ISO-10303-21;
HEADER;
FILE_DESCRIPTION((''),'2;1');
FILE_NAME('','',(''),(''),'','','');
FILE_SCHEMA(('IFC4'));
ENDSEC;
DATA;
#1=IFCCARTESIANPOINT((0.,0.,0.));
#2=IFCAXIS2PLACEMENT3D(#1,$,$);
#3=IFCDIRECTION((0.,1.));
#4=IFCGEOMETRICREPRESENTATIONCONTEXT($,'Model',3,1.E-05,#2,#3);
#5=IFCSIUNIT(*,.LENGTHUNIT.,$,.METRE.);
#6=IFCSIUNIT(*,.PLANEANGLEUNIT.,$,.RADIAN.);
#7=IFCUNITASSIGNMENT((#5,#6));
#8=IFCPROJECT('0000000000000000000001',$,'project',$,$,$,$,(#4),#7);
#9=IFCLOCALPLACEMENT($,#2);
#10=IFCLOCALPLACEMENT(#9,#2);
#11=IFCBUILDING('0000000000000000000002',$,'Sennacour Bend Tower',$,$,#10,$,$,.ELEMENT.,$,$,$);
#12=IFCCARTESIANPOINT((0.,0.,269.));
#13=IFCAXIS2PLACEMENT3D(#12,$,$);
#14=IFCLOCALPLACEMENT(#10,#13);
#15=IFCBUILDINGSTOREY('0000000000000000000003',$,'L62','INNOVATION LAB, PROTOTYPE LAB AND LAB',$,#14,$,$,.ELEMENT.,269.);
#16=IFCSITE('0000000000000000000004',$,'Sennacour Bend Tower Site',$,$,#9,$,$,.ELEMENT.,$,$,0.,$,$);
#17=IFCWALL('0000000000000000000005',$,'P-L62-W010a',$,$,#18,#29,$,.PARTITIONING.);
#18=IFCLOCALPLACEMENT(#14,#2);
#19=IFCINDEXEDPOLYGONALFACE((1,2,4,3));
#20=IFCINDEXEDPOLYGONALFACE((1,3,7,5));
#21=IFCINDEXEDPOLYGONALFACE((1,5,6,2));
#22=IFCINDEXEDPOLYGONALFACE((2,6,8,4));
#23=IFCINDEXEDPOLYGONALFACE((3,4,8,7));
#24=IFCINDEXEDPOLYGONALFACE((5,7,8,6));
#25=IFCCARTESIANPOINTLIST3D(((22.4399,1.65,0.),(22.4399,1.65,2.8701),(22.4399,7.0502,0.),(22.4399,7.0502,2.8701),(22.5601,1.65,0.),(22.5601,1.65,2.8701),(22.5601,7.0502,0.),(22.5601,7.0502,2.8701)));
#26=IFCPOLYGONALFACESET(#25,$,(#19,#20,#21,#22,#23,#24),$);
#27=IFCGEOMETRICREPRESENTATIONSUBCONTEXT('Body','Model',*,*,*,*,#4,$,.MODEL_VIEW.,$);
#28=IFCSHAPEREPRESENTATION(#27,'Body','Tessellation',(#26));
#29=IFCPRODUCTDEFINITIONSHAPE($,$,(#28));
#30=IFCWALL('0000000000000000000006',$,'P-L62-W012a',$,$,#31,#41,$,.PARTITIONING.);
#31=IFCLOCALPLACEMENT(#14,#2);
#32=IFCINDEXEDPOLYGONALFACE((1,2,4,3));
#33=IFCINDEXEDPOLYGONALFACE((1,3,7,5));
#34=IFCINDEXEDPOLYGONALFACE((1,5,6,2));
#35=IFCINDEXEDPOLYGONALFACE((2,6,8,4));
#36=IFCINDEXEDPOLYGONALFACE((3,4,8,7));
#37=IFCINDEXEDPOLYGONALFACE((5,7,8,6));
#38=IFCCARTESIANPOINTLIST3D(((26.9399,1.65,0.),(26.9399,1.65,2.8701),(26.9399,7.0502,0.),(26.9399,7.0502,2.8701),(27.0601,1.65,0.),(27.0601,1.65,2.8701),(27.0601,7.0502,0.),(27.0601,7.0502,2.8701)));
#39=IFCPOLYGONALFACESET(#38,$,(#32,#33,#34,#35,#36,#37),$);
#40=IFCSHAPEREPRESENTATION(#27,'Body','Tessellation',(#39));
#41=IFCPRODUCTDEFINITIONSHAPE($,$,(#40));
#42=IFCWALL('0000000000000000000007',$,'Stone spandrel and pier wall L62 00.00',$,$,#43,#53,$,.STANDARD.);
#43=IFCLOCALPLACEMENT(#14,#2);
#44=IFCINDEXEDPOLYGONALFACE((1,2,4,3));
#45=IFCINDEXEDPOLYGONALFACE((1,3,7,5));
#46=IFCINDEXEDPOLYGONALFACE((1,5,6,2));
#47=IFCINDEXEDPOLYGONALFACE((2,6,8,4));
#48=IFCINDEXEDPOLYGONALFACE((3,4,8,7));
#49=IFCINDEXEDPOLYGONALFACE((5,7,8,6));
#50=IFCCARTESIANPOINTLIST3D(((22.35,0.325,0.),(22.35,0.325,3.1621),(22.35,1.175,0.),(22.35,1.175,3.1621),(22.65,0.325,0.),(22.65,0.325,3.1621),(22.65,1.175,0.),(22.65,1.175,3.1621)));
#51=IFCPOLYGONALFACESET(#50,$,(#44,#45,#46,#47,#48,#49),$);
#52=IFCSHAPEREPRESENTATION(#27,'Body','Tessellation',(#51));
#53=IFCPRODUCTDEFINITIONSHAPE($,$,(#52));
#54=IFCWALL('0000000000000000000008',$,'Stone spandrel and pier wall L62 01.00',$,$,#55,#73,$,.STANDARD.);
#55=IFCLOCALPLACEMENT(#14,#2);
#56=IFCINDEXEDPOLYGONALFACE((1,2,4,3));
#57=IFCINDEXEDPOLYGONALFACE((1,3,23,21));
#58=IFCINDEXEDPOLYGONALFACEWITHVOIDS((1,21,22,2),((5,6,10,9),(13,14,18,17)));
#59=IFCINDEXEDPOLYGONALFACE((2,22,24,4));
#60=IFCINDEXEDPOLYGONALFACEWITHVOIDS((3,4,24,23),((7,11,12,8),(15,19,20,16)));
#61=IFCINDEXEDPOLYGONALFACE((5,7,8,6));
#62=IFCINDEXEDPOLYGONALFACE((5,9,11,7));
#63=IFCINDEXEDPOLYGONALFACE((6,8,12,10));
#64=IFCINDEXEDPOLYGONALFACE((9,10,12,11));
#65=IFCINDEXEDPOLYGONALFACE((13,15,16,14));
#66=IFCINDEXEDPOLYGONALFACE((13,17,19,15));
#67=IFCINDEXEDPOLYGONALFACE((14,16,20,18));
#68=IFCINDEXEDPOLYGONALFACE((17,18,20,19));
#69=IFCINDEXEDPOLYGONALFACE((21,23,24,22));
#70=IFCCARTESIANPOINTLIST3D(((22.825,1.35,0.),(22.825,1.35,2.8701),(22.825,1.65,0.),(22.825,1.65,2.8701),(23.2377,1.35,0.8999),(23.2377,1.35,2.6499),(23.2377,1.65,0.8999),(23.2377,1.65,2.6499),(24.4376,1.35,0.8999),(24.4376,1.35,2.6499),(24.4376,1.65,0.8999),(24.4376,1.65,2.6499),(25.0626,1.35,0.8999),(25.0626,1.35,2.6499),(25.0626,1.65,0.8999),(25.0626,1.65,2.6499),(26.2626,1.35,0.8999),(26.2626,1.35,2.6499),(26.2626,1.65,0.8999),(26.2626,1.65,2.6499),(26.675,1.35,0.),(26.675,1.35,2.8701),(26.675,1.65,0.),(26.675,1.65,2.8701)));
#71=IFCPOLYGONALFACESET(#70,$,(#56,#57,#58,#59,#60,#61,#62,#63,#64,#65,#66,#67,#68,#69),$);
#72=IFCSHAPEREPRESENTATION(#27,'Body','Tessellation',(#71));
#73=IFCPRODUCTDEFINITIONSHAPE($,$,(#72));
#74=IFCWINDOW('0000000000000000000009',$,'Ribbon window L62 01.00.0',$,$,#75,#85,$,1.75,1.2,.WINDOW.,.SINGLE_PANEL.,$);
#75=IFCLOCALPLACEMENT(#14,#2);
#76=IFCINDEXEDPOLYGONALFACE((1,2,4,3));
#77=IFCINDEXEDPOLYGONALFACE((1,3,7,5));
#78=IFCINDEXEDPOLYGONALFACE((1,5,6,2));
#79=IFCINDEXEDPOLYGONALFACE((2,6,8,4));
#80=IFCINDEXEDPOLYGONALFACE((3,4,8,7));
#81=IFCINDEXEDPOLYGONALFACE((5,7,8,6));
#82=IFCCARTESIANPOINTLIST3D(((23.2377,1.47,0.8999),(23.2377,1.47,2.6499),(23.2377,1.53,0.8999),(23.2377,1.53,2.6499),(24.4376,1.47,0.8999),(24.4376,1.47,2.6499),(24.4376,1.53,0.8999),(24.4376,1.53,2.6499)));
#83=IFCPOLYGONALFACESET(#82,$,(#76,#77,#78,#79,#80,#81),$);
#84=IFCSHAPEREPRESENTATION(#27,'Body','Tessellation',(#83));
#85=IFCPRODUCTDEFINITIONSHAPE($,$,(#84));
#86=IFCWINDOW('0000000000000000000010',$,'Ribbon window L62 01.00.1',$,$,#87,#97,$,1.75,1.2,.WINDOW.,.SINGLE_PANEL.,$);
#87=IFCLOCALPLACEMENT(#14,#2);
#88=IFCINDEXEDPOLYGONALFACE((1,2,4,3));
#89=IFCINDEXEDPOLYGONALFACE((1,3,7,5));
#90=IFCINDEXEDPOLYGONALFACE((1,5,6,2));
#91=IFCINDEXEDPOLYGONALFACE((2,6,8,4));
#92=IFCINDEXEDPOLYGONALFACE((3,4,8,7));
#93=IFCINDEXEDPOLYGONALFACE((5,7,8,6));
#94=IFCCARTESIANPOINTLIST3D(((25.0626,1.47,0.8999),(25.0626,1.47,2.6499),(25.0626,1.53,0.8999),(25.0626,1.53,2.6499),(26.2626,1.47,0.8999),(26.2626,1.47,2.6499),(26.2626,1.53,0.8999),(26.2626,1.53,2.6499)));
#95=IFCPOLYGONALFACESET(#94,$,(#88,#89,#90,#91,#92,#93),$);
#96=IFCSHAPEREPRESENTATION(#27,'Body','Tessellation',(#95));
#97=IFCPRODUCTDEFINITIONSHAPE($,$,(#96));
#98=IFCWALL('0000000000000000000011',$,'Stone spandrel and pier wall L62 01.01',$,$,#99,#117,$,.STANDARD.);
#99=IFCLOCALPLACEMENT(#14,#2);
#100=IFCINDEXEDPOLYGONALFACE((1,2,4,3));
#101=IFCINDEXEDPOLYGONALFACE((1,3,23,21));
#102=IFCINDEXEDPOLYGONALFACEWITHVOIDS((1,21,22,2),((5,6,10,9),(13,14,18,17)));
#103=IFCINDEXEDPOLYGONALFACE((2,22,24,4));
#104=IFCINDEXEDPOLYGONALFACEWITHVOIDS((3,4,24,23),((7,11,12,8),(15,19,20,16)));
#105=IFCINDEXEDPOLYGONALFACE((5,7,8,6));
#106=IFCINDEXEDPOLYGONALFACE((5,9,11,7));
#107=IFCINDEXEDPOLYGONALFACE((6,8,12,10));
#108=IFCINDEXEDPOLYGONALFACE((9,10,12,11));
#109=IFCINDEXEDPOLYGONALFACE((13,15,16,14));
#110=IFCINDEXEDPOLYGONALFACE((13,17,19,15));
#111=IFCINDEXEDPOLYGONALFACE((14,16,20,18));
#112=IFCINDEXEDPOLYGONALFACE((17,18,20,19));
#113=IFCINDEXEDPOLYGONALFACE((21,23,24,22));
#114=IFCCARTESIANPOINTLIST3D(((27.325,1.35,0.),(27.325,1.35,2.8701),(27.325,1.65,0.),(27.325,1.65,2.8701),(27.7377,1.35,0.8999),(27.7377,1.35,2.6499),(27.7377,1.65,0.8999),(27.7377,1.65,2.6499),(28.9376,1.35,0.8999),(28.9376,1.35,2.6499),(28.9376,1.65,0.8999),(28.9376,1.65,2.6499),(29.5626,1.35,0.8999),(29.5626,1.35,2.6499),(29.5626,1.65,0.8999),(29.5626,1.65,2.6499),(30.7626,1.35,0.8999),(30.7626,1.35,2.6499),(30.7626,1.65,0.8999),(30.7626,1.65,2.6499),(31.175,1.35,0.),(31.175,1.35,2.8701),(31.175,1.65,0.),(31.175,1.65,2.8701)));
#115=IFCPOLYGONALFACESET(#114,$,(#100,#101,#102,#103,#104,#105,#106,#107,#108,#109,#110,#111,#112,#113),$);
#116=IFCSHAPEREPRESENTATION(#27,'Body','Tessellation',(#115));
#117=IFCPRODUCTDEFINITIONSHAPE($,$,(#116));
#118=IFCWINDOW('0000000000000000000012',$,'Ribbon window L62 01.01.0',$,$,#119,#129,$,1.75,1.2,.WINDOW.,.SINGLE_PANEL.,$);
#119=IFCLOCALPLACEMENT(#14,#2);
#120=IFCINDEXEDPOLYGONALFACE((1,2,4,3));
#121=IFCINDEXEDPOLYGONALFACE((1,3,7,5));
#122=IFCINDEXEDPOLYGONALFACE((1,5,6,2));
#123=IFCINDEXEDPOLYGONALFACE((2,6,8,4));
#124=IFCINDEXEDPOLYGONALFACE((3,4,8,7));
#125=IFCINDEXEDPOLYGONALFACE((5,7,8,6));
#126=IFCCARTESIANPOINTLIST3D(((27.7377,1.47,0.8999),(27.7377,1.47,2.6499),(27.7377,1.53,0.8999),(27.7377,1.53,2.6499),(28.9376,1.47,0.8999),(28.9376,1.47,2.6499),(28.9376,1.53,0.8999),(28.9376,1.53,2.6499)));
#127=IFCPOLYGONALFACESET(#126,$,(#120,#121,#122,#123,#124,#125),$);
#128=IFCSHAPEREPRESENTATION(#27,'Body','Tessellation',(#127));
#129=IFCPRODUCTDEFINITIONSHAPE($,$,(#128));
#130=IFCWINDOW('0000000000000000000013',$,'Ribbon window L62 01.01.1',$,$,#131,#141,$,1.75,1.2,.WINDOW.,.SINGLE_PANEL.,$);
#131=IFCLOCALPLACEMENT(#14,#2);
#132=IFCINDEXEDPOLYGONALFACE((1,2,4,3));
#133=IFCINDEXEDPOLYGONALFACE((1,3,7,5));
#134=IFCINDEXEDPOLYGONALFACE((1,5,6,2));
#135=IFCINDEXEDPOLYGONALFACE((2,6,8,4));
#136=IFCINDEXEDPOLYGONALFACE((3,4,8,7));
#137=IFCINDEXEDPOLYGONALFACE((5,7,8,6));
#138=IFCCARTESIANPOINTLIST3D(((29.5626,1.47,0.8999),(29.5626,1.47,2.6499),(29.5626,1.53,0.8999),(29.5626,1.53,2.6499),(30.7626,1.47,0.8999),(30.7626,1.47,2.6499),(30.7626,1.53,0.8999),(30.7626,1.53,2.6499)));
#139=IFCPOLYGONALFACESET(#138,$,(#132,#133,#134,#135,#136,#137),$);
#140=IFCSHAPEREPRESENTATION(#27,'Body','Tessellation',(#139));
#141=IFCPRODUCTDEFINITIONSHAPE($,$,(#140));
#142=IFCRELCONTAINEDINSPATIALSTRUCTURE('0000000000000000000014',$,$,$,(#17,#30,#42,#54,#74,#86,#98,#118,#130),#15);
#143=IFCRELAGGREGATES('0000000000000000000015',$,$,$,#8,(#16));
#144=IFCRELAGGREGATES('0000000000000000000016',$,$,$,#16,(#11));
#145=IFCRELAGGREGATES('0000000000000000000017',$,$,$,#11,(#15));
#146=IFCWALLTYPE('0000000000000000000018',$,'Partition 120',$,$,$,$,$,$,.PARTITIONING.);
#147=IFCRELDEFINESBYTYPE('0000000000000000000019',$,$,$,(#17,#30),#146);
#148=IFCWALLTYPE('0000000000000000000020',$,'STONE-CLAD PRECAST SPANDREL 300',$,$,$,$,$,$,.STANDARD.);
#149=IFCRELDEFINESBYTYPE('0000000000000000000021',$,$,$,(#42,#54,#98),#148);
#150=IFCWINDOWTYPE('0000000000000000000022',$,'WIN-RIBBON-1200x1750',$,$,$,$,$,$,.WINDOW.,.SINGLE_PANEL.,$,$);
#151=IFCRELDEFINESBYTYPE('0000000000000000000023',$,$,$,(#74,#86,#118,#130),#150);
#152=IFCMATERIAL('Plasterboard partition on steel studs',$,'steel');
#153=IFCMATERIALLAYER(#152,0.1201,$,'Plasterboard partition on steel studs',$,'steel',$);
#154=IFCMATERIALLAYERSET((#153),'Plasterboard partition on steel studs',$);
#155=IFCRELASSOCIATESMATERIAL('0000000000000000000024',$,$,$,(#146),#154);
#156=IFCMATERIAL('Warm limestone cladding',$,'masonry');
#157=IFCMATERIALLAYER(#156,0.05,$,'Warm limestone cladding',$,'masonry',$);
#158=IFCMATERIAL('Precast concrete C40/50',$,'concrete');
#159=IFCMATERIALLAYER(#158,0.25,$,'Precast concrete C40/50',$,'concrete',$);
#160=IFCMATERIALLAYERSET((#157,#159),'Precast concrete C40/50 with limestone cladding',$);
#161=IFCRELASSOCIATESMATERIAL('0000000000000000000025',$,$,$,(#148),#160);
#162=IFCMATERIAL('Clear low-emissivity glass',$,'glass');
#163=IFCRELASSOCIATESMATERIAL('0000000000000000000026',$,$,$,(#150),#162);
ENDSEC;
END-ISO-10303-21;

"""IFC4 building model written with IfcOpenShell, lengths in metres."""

from ifc_helpers import new_model, si_unit, direction, frame, frame_2d, origin, place, context, subcontext, project, spatial, rectangle, extrude, material, layer, layer_set, type_object, element, fill, save


model = new_model("IFC4")

# Units and contexts
model_context = context("Model", 3, precision=1e-05, world=origin(), true_north=direction((0.0, 1.0)))
body_context = subcontext(model_context, "Body", "Model", "MODEL_VIEW")
ifc_project = project(units=[si_unit("LENGTHUNIT", "METRE"), si_unit("PLANEANGLEUNIT", "RADIAN")], contexts=[model_context])

# Site, building, storey
site_placement = place(None, origin())
site = spatial("IfcSite", under=ifc_project, at=site_placement, Name="Sennacour Bend Tower Site", CompositionType="ELEMENT", RefElevation=0.0)
building_placement = place(site_placement, origin())
building = spatial("IfcBuilding", under=site, at=building_placement, Name="Sennacour Bend Tower", CompositionType="ELEMENT")
storey_placement = place(building_placement, frame((0.0, 0.0, 269.0)))
storey = spatial("IfcBuildingStorey", under=building, at=storey_placement, Name="L62", Description="INNOVATION LAB, PROTOTYPE LAB AND LAB", CompositionType="ELEMENT", Elevation=269.0)

# Walls
ifc_material_1 = material(Name="Plasterboard partition on steel studs", Category="steel")
ifc_layer_1 = layer(ifc_material_1, 0.1201, Name="Plasterboard partition on steel studs", Category="steel")
ifc_layer_set_1 = layer_set([ifc_layer_1], Name="Plasterboard partition on steel studs")
wall_type_1 = type_object("IfcWallType", Name="Partition 120", PredefinedType="PARTITIONING", material=ifc_layer_set_1)
for number, where, z_axis, x_axis, name in (
    (1, (22.5, 1.6499, 0.0), (0.0, 0.0, 1.0), (0.0, 1.0, 0.0), "P-L62-W010a"),
    (2, (27.0, 1.6499, 0.0), (0.0, 0.0, 1.0), (0.0, 1.0, 0.0), "P-L62-W012a"),
):
    element("IfcWall", number, at=place(storey_placement, frame(where, z_axis=z_axis, x_axis=x_axis)), inside=storey, type_object=wall_type_1, Name=name, PredefinedType="PARTITIONING", context=body_context, shape_type="SweptSolid", body=[
        extrude(rectangle(XDim=5.4001, YDim=0.1201, at=frame_2d((2.7002, 0.0))), origin(), (0.0, 0.0, 1.0), 2.8701),
    ])
ifc_material_2 = material(Name="Warm limestone cladding", Category="masonry")
ifc_layer_2 = layer(ifc_material_2, 0.05, Name="Warm limestone cladding", Category="masonry")
ifc_material_3 = material(Name="Precast concrete C40/50", Category="concrete")
ifc_layer_3 = layer(ifc_material_3, 0.25, Name="Precast concrete C40/50", Category="concrete")
ifc_layer_set_2 = layer_set([ifc_layer_2, ifc_layer_3], Name="Precast concrete C40/50 with limestone cladding")
wall_type_2 = type_object("IfcWallType", Name="STONE-CLAD PRECAST SPANDREL 300", PredefinedType="STANDARD", material=ifc_layer_set_2)
wall_1_placement = place(storey_placement, frame((22.5, 0.325, 0.0), z_axis=(0.0, 0.0, 1.0), x_axis=(0.0, 1.0, 0.0)))
element("IfcWall", 3, at=wall_1_placement, inside=storey, type_object=wall_type_2, Name="Stone spandrel and pier wall L62 00.00", PredefinedType="STANDARD", context=body_context, shape_type="SweptSolid", body=[
    extrude(rectangle(XDim=0.8501, YDim=0.3, at=frame_2d((0.425, 0.0))), origin(), (0.0, 0.0, 1.0), 3.1621),
])

# Walls, openings, windows
wall_2_placement = place(storey_placement, frame((22.825, 1.5, 0.0), z_axis=(0.0, 0.0, 1.0), x_axis=(1.0, 0.0, 0.0)))
wall_2 = element("IfcWall", 4, at=wall_2_placement, inside=storey, type_object=wall_type_2, Name="Stone spandrel and pier wall L62 01.00", PredefinedType="STANDARD", context=body_context, shape_type="SweptSolid", body=[
    extrude(rectangle(XDim=3.8501, YDim=0.3, at=frame_2d((1.925, 0.0))), origin(), (0.0, 0.0, 1.0), 2.8701),
])
opening_1_placement = place(wall_2_placement, frame((0.4126, 0.0, 0.8999)))
opening_1 = element("IfcOpeningElement", 5, at=opening_1_placement, cuts=wall_2, PredefinedType="OPENING", context=body_context, shape_type="SweptSolid", body=[
    extrude(rectangle(XDim=1.2, YDim=1.75, at=frame_2d((0.6001, 0.875))), frame((0.0, 0.1602, 0.0), z_axis=(0.0, -1.0, 0.0), x_axis=(1.0, 0.0, 0.0)), (0.0, 0.0, 1.0), 0.3201),
])
opening_2_placement = place(wall_2_placement, frame((2.2375, 0.0, 0.8999)))
opening_2 = element("IfcOpeningElement", 6, at=opening_2_placement, cuts=wall_2, PredefinedType="OPENING", context=body_context, shape_type="SweptSolid", body=[
    extrude(rectangle(XDim=1.2, YDim=1.75, at=frame_2d((0.6001, 0.875))), frame((0.0, 0.1602, 0.0), z_axis=(0.0, -1.0, 0.0), x_axis=(1.0, 0.0, 0.0)), (0.0, 0.0, 1.0), 0.3201),
])
ifc_material_4 = material(Name="Clear low-emissivity glass", Category="glass")
window_type = type_object("IfcWindowType", Name="WIN-RIBBON-1200x1750", PartitioningType="SINGLE_PANEL", PredefinedType="WINDOW", material=ifc_material_4)
window_1_placement = place(opening_1_placement, origin())
window_1 = element("IfcWindow", 7, at=window_1_placement, inside=storey, type_object=window_type, Name="Ribbon window L62 01.00.0", OverallHeight=1.75, OverallWidth=1.2, PartitioningType="SINGLE_PANEL", PredefinedType="WINDOW", context=body_context, shape_type="SweptSolid", body=[
    extrude(rectangle(XDim=1.2, YDim=1.75, at=frame_2d((0.6001, 0.875))), frame((0.0, 0.03, 0.0), z_axis=(0.0, -1.0, 0.0), x_axis=(1.0, 0.0, 0.0)), (0.0, 0.0, 1.0), 0.0601),
])
fill(opening_1, window_1)
window_2_placement = place(opening_2_placement, origin())
window_2 = element("IfcWindow", 8, at=window_2_placement, inside=storey, type_object=window_type, Name="Ribbon window L62 01.00.1", OverallHeight=1.75, OverallWidth=1.2, PartitioningType="SINGLE_PANEL", PredefinedType="WINDOW", context=body_context, shape_type="SweptSolid", body=[
    extrude(rectangle(XDim=1.2, YDim=1.75, at=frame_2d((0.6001, 0.875))), frame((0.0, 0.03, 0.0), z_axis=(0.0, -1.0, 0.0), x_axis=(1.0, 0.0, 0.0)), (0.0, 0.0, 1.0), 0.0601),
])
fill(opening_2, window_2)
wall_3_placement = place(storey_placement, frame((27.325, 1.5, 0.0), z_axis=(0.0, 0.0, 1.0), x_axis=(1.0, 0.0, 0.0)))
wall_3 = element("IfcWall", 9, at=wall_3_placement, inside=storey, type_object=wall_type_2, Name="Stone spandrel and pier wall L62 01.01", PredefinedType="STANDARD", context=body_context, shape_type="SweptSolid", body=[
    extrude(rectangle(XDim=3.8501, YDim=0.3, at=frame_2d((1.925, 0.0))), origin(), (0.0, 0.0, 1.0), 2.8701),
])
opening_3_placement = place(wall_3_placement, frame((0.4126, 0.0, 0.8999)))
opening_3 = element("IfcOpeningElement", 10, at=opening_3_placement, cuts=wall_3, PredefinedType="OPENING", context=body_context, shape_type="SweptSolid", body=[
    extrude(rectangle(XDim=1.2, YDim=1.75, at=frame_2d((0.6001, 0.875))), frame((0.0, 0.1602, 0.0), z_axis=(0.0, -1.0, 0.0), x_axis=(1.0, 0.0, 0.0)), (0.0, 0.0, 1.0), 0.3201),
])
opening_4_placement = place(wall_3_placement, frame((2.2375, 0.0, 0.8999)))
opening_4 = element("IfcOpeningElement", 11, at=opening_4_placement, cuts=wall_3, PredefinedType="OPENING", context=body_context, shape_type="SweptSolid", body=[
    extrude(rectangle(XDim=1.2, YDim=1.75, at=frame_2d((0.6001, 0.875))), frame((0.0, 0.1602, 0.0), z_axis=(0.0, -1.0, 0.0), x_axis=(1.0, 0.0, 0.0)), (0.0, 0.0, 1.0), 0.3201),
])
window_3_placement = place(opening_3_placement, origin())
window_3 = element("IfcWindow", 12, at=window_3_placement, inside=storey, type_object=window_type, Name="Ribbon window L62 01.01.0", OverallHeight=1.75, OverallWidth=1.2, PartitioningType="SINGLE_PANEL", PredefinedType="WINDOW", context=body_context, shape_type="SweptSolid", body=[
    extrude(rectangle(XDim=1.2, YDim=1.75, at=frame_2d((0.6001, 0.875))), frame((0.0, 0.03, 0.0), z_axis=(0.0, -1.0, 0.0), x_axis=(1.0, 0.0, 0.0)), (0.0, 0.0, 1.0), 0.0601),
])
fill(opening_3, window_3)
window_4_placement = place(opening_4_placement, origin())
window_4 = element("IfcWindow", 13, at=window_4_placement, inside=storey, type_object=window_type, Name="Ribbon window L62 01.01.1", OverallHeight=1.75, OverallWidth=1.2, PartitioningType="SINGLE_PANEL", PredefinedType="WINDOW", context=body_context, shape_type="SweptSolid", body=[
    extrude(rectangle(XDim=1.2, YDim=1.75, at=frame_2d((0.6001, 0.875))), frame((0.0, 0.03, 0.0), z_axis=(0.0, -1.0, 0.0), x_axis=(1.0, 0.0, 0.0)), (0.0, 0.0, 1.0), 0.0601),
])
fill(opening_4, window_4)

save(model, "model.ifc")
